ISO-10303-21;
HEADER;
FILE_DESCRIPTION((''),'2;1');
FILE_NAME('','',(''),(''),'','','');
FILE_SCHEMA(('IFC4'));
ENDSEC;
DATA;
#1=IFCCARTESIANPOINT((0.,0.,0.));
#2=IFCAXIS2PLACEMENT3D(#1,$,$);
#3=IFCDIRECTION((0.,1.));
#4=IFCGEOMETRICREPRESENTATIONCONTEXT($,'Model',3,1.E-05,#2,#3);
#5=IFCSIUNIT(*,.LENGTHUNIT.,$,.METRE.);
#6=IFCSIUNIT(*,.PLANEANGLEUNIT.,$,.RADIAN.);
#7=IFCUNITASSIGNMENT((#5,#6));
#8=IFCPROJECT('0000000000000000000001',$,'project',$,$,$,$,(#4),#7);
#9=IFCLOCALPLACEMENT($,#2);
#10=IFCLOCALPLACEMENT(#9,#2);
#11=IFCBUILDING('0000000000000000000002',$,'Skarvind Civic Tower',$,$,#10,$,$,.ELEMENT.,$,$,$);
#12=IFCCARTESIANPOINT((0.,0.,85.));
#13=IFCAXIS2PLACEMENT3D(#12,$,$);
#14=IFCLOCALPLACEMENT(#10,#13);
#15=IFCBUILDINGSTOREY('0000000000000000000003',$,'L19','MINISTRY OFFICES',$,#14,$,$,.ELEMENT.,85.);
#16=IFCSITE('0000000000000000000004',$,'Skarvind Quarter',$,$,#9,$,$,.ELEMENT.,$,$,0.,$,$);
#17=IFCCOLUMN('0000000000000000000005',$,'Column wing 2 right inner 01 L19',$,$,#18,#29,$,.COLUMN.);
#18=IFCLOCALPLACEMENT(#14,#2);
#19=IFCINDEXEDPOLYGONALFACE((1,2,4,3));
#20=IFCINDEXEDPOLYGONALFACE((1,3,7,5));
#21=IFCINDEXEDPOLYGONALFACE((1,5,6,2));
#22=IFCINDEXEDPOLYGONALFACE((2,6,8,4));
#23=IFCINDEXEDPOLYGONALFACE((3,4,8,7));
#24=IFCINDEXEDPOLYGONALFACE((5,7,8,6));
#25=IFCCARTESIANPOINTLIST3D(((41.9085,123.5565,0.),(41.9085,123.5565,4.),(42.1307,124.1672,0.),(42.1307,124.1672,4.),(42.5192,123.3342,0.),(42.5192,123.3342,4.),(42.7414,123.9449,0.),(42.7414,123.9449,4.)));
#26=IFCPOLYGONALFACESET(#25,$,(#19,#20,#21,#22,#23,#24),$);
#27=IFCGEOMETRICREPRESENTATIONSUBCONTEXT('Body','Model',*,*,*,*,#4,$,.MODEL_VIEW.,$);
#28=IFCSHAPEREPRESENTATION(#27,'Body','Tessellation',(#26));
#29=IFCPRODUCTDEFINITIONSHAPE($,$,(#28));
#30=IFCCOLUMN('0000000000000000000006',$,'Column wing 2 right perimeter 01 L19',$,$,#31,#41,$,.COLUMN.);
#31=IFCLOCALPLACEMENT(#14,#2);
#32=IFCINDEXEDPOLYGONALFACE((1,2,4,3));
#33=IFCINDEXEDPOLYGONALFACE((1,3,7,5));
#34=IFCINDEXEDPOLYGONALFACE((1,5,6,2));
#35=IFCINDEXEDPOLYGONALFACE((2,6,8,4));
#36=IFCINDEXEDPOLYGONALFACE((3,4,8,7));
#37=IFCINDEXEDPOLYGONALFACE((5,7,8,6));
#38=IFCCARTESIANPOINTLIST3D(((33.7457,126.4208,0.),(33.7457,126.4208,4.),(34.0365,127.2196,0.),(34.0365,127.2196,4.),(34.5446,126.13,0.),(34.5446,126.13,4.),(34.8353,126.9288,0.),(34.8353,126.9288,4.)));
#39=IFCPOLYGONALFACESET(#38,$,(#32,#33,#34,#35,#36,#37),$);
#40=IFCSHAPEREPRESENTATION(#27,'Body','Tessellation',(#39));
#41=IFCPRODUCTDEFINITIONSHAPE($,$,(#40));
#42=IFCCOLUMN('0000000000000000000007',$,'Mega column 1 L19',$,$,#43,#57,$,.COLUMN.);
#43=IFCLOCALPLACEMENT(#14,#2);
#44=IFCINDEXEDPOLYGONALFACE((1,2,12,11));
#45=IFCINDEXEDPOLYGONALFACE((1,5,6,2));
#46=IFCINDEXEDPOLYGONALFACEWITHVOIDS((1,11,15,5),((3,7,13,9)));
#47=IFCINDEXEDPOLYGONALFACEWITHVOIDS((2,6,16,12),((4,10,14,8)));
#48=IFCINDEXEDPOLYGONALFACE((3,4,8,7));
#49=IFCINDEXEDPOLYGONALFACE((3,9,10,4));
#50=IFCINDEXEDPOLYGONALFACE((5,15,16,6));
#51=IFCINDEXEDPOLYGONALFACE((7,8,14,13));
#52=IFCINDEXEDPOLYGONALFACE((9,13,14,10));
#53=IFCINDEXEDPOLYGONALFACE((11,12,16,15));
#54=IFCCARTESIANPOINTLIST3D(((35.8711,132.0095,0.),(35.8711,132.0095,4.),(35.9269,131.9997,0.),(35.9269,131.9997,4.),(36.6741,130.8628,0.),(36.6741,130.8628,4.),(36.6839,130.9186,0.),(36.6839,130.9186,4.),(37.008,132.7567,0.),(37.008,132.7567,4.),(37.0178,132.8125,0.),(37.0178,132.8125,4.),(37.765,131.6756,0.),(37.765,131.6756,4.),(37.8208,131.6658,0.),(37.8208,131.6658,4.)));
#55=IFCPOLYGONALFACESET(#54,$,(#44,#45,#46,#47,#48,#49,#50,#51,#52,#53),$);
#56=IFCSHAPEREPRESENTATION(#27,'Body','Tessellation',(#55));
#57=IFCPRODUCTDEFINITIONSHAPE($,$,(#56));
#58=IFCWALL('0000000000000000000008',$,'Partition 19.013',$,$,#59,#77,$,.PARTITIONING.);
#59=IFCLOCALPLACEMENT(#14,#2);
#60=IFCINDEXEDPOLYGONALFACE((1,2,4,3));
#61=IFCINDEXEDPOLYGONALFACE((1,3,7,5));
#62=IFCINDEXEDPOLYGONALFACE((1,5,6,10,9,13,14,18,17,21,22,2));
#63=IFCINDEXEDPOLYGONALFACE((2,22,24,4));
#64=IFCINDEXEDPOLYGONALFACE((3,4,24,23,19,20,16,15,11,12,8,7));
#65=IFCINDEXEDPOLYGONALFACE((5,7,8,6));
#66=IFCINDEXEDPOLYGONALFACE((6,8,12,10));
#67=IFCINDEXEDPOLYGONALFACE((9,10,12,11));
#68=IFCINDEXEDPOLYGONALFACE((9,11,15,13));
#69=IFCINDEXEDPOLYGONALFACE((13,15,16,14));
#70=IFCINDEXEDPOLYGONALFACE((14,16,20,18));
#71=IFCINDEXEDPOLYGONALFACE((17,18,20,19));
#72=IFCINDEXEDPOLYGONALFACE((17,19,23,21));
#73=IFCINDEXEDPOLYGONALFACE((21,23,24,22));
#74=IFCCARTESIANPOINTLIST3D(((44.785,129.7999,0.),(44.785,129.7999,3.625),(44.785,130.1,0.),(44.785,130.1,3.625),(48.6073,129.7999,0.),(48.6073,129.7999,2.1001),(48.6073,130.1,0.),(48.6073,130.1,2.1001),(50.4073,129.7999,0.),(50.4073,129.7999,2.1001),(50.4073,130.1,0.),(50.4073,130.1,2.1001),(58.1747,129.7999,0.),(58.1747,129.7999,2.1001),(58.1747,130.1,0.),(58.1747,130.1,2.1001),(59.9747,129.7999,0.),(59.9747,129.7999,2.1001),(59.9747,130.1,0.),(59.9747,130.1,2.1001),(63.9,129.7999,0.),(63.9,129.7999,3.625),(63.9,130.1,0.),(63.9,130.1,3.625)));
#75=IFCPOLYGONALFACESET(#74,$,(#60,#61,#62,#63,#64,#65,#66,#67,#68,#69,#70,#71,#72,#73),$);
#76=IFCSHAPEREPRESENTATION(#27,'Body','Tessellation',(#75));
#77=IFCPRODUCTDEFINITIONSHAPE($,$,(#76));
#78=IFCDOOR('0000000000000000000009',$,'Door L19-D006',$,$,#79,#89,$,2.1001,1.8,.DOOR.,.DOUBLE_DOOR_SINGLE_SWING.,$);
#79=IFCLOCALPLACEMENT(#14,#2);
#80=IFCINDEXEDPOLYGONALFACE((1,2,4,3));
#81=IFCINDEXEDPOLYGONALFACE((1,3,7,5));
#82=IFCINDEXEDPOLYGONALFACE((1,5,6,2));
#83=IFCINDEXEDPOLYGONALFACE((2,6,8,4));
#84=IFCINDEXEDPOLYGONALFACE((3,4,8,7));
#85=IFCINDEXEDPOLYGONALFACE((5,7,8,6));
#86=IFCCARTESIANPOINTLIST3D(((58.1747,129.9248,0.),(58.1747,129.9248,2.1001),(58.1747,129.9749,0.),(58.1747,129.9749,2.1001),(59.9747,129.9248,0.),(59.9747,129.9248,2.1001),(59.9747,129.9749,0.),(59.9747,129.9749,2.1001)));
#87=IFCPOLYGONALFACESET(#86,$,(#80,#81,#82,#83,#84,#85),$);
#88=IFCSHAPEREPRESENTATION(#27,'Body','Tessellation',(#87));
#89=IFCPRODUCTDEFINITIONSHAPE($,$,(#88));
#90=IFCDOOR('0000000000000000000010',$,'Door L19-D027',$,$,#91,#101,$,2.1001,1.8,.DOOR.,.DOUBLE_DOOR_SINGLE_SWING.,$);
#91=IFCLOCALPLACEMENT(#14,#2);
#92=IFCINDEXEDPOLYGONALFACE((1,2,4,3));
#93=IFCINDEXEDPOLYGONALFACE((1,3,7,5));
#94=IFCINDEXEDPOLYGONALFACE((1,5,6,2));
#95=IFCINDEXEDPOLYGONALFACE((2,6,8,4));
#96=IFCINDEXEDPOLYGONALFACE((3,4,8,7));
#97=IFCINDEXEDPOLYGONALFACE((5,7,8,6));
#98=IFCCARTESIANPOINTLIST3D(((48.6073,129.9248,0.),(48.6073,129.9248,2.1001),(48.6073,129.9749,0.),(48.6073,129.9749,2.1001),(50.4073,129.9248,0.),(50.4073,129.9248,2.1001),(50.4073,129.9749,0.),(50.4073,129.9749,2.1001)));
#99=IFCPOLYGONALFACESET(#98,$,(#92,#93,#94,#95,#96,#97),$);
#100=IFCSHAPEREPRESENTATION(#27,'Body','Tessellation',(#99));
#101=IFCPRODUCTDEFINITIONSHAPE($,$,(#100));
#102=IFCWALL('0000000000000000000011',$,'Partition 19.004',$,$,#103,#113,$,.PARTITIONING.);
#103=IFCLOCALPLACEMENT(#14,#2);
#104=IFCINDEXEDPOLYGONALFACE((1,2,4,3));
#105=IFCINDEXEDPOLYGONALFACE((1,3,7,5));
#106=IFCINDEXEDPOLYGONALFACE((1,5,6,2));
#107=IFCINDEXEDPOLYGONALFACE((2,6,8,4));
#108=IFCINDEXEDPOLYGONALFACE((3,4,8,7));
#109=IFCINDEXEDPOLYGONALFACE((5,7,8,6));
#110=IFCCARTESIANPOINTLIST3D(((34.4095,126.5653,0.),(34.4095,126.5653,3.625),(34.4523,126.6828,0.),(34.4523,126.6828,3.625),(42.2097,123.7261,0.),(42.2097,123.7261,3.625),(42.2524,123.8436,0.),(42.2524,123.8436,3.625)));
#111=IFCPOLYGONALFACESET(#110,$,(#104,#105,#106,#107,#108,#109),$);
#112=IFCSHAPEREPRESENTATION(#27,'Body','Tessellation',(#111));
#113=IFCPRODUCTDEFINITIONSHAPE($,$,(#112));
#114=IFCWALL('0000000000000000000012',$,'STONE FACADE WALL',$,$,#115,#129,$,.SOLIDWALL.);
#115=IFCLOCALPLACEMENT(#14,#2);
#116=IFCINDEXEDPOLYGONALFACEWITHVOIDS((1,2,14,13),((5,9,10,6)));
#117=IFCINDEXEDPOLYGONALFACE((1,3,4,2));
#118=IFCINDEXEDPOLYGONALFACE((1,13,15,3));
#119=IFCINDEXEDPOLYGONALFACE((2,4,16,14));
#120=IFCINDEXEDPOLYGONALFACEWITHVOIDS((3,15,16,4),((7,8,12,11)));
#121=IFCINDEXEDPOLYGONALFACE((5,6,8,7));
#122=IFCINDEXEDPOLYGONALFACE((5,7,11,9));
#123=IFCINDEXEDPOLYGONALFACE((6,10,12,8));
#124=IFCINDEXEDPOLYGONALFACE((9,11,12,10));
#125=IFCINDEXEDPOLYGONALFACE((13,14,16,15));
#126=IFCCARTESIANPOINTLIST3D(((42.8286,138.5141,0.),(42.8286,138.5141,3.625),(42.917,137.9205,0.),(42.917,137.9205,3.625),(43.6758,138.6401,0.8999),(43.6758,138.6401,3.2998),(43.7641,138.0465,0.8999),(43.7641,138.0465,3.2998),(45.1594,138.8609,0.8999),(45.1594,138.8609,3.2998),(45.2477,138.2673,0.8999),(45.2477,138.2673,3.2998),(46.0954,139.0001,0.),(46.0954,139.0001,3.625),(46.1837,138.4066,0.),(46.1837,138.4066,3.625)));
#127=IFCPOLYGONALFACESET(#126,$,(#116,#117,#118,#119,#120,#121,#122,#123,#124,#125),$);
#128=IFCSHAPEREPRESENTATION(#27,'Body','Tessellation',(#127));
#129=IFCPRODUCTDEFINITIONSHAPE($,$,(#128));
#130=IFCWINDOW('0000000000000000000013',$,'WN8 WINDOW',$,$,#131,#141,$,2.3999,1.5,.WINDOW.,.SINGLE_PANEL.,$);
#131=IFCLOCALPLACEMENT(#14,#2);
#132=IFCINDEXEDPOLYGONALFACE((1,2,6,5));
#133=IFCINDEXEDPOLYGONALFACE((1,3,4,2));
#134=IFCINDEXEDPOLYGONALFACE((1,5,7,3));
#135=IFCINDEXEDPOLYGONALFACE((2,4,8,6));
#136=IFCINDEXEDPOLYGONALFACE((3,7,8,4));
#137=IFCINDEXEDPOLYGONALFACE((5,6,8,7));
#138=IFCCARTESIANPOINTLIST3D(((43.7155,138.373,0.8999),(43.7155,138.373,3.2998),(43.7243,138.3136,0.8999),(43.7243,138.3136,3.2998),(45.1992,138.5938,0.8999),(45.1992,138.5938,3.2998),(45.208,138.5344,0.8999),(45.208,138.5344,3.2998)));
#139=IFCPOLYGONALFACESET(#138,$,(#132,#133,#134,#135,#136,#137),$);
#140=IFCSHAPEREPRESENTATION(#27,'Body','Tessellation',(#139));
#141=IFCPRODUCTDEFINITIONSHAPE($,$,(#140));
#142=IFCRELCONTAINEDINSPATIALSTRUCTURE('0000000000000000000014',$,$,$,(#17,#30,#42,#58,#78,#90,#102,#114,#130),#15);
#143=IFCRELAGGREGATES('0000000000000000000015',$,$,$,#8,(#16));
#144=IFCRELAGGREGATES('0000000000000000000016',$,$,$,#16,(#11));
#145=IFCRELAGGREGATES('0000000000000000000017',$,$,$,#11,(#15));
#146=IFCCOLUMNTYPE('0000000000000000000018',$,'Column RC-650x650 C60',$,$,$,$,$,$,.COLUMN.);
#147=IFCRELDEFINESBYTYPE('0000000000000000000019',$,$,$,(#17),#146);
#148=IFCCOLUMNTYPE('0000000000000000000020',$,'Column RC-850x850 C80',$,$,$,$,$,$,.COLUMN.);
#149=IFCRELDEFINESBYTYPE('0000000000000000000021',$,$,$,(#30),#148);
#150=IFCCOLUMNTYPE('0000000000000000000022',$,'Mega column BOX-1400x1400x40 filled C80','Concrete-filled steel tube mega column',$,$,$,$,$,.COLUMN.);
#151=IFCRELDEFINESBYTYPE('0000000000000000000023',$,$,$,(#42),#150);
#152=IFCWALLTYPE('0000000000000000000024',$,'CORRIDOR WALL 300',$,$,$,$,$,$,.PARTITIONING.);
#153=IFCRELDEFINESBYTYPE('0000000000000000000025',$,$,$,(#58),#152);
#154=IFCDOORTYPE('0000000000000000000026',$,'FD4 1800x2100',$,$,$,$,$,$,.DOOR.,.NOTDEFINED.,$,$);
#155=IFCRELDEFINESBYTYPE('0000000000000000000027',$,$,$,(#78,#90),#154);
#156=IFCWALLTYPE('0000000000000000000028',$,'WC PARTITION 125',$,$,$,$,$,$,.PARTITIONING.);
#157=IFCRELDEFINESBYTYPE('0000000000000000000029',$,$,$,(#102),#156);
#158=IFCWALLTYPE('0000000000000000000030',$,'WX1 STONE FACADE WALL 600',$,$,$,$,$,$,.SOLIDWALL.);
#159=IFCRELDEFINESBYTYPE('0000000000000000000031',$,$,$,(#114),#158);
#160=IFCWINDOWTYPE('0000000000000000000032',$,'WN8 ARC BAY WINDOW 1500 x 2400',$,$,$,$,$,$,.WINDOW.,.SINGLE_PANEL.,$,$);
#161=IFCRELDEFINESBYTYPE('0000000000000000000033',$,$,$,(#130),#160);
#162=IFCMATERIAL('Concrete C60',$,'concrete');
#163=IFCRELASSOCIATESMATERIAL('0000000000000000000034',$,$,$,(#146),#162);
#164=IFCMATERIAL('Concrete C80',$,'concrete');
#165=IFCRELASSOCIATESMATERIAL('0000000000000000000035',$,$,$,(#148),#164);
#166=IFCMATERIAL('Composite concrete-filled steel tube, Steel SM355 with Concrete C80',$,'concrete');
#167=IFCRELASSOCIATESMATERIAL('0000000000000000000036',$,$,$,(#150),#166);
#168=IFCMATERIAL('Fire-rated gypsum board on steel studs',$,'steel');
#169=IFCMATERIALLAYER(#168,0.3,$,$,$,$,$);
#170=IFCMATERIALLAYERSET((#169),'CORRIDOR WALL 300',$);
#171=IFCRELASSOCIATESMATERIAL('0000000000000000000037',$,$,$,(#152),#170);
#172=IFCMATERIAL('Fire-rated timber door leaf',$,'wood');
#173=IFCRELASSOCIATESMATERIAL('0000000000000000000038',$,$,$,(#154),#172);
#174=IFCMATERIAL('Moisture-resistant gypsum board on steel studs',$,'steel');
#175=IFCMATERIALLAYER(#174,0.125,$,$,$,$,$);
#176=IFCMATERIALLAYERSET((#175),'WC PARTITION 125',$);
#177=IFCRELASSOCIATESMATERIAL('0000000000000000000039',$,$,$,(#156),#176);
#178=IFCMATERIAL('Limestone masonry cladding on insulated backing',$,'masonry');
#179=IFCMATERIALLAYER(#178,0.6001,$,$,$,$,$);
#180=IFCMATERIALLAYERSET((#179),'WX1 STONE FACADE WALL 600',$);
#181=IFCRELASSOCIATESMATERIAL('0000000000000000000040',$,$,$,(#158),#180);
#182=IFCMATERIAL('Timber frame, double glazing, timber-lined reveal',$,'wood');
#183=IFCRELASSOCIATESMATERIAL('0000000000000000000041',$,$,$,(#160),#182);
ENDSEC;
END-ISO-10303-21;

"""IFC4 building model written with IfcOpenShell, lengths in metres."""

from ifc_helpers import new_model, si_unit, direction, frame, frame_2d, origin, origin_2d, place, context, subcontext, project, spatial, rectangle, hollow_rectangle, extrude, material, layer, layer_set, material_profile, profile_set, type_object, element, fill, save


model = new_model("IFC4")

# Units and contexts
model_context = context("Model", 3, precision=1e-05, world=origin(), true_north=direction((0.0, 1.0)))
body_context = subcontext(model_context, "Body", "Model", "MODEL_VIEW")
ifc_project = project(units=[si_unit("LENGTHUNIT", "METRE"), si_unit("PLANEANGLEUNIT", "RADIAN")], contexts=[model_context])

# Site, building, storey
site_placement = place(None, origin())
site = spatial("IfcSite", under=ifc_project, at=site_placement, Name="Skarvind Quarter", CompositionType="ELEMENT", RefElevation=0.0)
building_placement = place(site_placement, origin())
building = spatial("IfcBuilding", under=site, at=building_placement, Name="Skarvind Civic Tower", CompositionType="ELEMENT")
storey_placement = place(building_placement, frame((0.0, 0.0, 85.0)))
storey = spatial("IfcBuildingStorey", under=building, at=storey_placement, Name="L19", Description="MINISTRY OFFICES", CompositionType="ELEMENT", Elevation=85.0)

# Columns
ifc_material_1 = material(Name="Concrete C60", Category="concrete")
ifc_material_profile_1 = material_profile(ifc_material_1, rectangle(XDim=0.6499, YDim=0.6499, at=origin_2d()), Name="RC-650x650")
ifc_profile_set_1 = profile_set([ifc_material_profile_1], Name="Concrete C60")
column_type_1 = type_object("IfcColumnType", Name="Column RC-650x650 C60", PredefinedType="COLUMN", material=ifc_profile_set_1)
column_1_placement = place(storey_placement, frame((42.325, 123.7507, 0.0), z_axis=(0.0, 0.0, 1.0), x_axis=(-0.34202, -0.939693, 0.0)))
element("IfcColumn", 1, at=column_1_placement, inside=storey, type_object=column_type_1, Name="Column wing 2 right inner 01 L19", PredefinedType="COLUMN", context=body_context, shape_type="SweptSolid", body=[
    extrude(rectangle(XDim=0.6499, YDim=0.6499, at=origin_2d()), origin(), (0.0, 0.0, 1.0), 4.0),
])
ifc_material_2 = material(Name="Concrete C80", Category="concrete")
ifc_material_profile_2 = material_profile(ifc_material_2, rectangle(XDim=0.8501, YDim=0.8501, at=origin_2d()), Name="RC-850x850")
ifc_profile_set_2 = profile_set([ifc_material_profile_2], Name="Concrete C80")
column_type_2 = type_object("IfcColumnType", Name="Column RC-850x850 C80", PredefinedType="COLUMN", material=ifc_profile_set_2)
column_2_placement = place(storey_placement, frame((34.2905, 126.6748, 0.0), z_axis=(0.0, 0.0, 1.0), x_axis=(-0.34202, -0.939693, 0.0)))
element("IfcColumn", 2, at=column_2_placement, inside=storey, type_object=column_type_2, Name="Column wing 2 right perimeter 01 L19", PredefinedType="COLUMN", context=body_context, shape_type="SweptSolid", body=[
    extrude(rectangle(XDim=0.8501, YDim=0.8501, at=origin_2d()), origin(), (0.0, 0.0, 1.0), 4.0),
])
ifc_material_3 = material(Name="Composite concrete-filled steel tube, Steel SM355 with Concrete C80", Category="concrete")
ifc_material_profile_3 = material_profile(ifc_material_3, hollow_rectangle(XDim=1.3999, YDim=1.3999, WallThickness=0.04, at=origin_2d()), Name="BOX-1400x1400x40")
ifc_profile_set_3 = profile_set([ifc_material_profile_3], Name="Composite concrete-filled steel tube, Steel SM355 with Concrete C80")
column_type_3 = type_object("IfcColumnType", Name="Mega column BOX-1400x1400x40 filled C80", Description="Concrete-filled steel tube mega column", PredefinedType="COLUMN", material=ifc_profile_set_3)
column_3_placement = place(storey_placement, frame((36.8459, 131.8376, 0.0), z_axis=(0.0, 0.0, 1.0), x_axis=(0.573576, -0.819152, 0.0)))
element("IfcColumn", 3, at=column_3_placement, inside=storey, type_object=column_type_3, Name="Mega column 1 L19", PredefinedType="COLUMN", context=body_context, shape_type="SweptSolid", body=[
    extrude(hollow_rectangle(XDim=1.3999, YDim=1.3999, WallThickness=0.04, at=origin_2d()), origin(), (0.0, 0.0, 1.0), 4.0),
])

# Wall, openings, doors
ifc_material_4 = material(Name="Fire-rated gypsum board on steel studs", Category="steel")
ifc_layer_1 = layer(ifc_material_4, 0.3)
ifc_layer_set_1 = layer_set([ifc_layer_1], Name="CORRIDOR WALL 300")
wall_type_1 = type_object("IfcWallType", Name="CORRIDOR WALL 300", PredefinedType="PARTITIONING", material=ifc_layer_set_1)
wall_1_placement = place(storey_placement, frame((44.7849, 129.95, 0.0), z_axis=(0.0, 0.0, 1.0), x_axis=(1.0, 0.0, 0.0)))
wall_1 = element("IfcWall", 4, at=wall_1_placement, inside=storey, type_object=wall_type_1, Name="Partition 19.013", PredefinedType="PARTITIONING", context=body_context, shape_type="SweptSolid", body=[
    extrude(rectangle(XDim=19.115, YDim=0.3, at=frame_2d((9.5576, 0.0))), origin(), (0.0, 0.0, 1.0), 3.625),
])
opening_1_placement = place(wall_1_placement, frame((13.3899, 0.0, 0.0)))
opening_1 = element("IfcOpeningElement", 5, at=opening_1_placement, cuts=wall_1, PredefinedType="OPENING", context=body_context, shape_type="SweptSolid", body=[
    extrude(rectangle(XDim=1.8, YDim=2.1001, at=frame_2d((0.8999, 1.05))), frame((0.0, 0.1599, 0.0), z_axis=(0.0, -1.0, 0.0), x_axis=(1.0, 0.0, 0.0)), (0.0, 0.0, 1.0), 0.3201),
])
opening_2_placement = place(wall_1_placement, frame((3.8225, 0.0, 0.0)))
opening_2 = element("IfcOpeningElement", 6, at=opening_2_placement, cuts=wall_1, PredefinedType="OPENING", context=body_context, shape_type="SweptSolid", body=[
    extrude(rectangle(XDim=1.8, YDim=2.1001, at=frame_2d((0.8999, 1.05))), frame((0.0, 0.1599, 0.0), z_axis=(0.0, -1.0, 0.0), x_axis=(1.0, 0.0, 0.0)), (0.0, 0.0, 1.0), 0.3201),
])
ifc_material_5 = material(Name="Fire-rated timber door leaf", Category="wood")
door_type = type_object("IfcDoorType", Name="FD4 1800x2100", OperationType="NOTDEFINED", PredefinedType="DOOR", material=ifc_material_5)
door_1_placement = place(opening_1_placement, origin())
door_1 = element("IfcDoor", 7, at=door_1_placement, inside=storey, type_object=door_type, Name="Door L19-D006", OperationType="DOUBLE_DOOR_SINGLE_SWING", OverallHeight=2.1001, OverallWidth=1.8, PredefinedType="DOOR", context=body_context, shape_type="SweptSolid", body=[
    extrude(rectangle(XDim=1.8, YDim=2.1001, at=frame_2d((0.8999, 1.05))), frame((0.0, 0.0249, 0.0), z_axis=(0.0, -1.0, 0.0), x_axis=(1.0, 0.0, 0.0)), (0.0, 0.0, 1.0), 0.05),
])
fill(opening_1, door_1)
door_2_placement = place(opening_2_placement, origin())
door_2 = element("IfcDoor", 8, at=door_2_placement, inside=storey, type_object=door_type, Name="Door L19-D027", OperationType="DOUBLE_DOOR_SINGLE_SWING", OverallHeight=2.1001, OverallWidth=1.8, PredefinedType="DOOR", context=body_context, shape_type="SweptSolid", body=[
    extrude(rectangle(XDim=1.8, YDim=2.1001, at=frame_2d((0.8999, 1.05))), frame((0.0, 0.0249, 0.0), z_axis=(0.0, -1.0, 0.0), x_axis=(1.0, 0.0, 0.0)), (0.0, 0.0, 1.0), 0.05),
])
fill(opening_2, door_2)

# Wall
ifc_material_6 = material(Name="Moisture-resistant gypsum board on steel studs", Category="steel")
ifc_layer_2 = layer(ifc_material_6, 0.125)
ifc_layer_set_2 = layer_set([ifc_layer_2], Name="WC PARTITION 125")
wall_type_2 = type_object("IfcWallType", Name="WC PARTITION 125", PredefinedType="PARTITIONING", material=ifc_layer_set_2)
wall_2_placement = place(storey_placement, frame((34.4309, 126.624, 0.0), z_axis=(0.0, 0.0, 1.0), x_axis=(0.939688, -0.342034, 0.0)))
element("IfcWall", 9, at=wall_2_placement, inside=storey, type_object=wall_type_2, Name="Partition 19.004", PredefinedType="PARTITIONING", context=body_context, shape_type="SweptSolid", body=[
    extrude(rectangle(XDim=8.3008, YDim=0.125, at=frame_2d((4.1504, 0.0))), origin(), (0.0, 0.0, 1.0), 3.625),
])

# Shared definitions
ifc_material_7 = material(Name="Limestone masonry cladding on insulated backing", Category="masonry")
ifc_layer_3 = layer(ifc_material_7, 0.6001)
ifc_layer_set_3 = layer_set([ifc_layer_3], Name="WX1 STONE FACADE WALL 600")
wall_type_3 = type_object("IfcWallType", Name="WX1 STONE FACADE WALL 600", PredefinedType="SOLIDWALL", material=ifc_layer_set_3)
ifc_material_8 = material(Name="Timber frame, double glazing, timber-lined reveal", Category="wood")

# Wall, opening, window
wall_3_placement = place(storey_placement, frame((42.8728, 138.2173, 0.0), z_axis=(0.0, 0.0, 1.0), x_axis=(0.989111, 0.147173, 0.0)))
wall_3 = element("IfcWall", 10, at=wall_3_placement, inside=storey, type_object=wall_type_3, Name="STONE FACADE WALL", PredefinedType="SOLIDWALL", context=body_context, shape_type="SweptSolid", body=[
    extrude(rectangle(XDim=3.3027, YDim=0.6001, at=frame_2d((1.6514, 0.0))), origin(), (0.0, 0.0, 1.0), 3.625),
])
opening_3_placement = place(wall_3_placement, frame((0.8564, 0.0, 0.8999)))
opening_3 = element("IfcOpeningElement", 11, at=opening_3_placement, cuts=wall_3, PredefinedType="OPENING", context=body_context, shape_type="SweptSolid", body=[
    extrude(rectangle(XDim=1.5, YDim=2.3999, at=frame_2d((0.75, 1.2))), frame((0.0, 0.3101, 0.0), z_axis=(0.0, -1.0, 0.0), x_axis=(1.0, 0.0, 0.0)), (0.0, 0.0, 1.0), 0.6201),
])
window_type_1 = type_object("IfcWindowType", Name="WN8 ARC BAY WINDOW 1500 x 2400", PartitioningType="SINGLE_PANEL", PredefinedType="WINDOW", material=ifc_material_8)
window_1_placement = place(opening_3_placement, origin())
window_1 = element("IfcWindow", 12, at=window_1_placement, inside=storey, type_object=window_type_1, Name="WN8 WINDOW", OverallHeight=2.3999, OverallWidth=1.5, PartitioningType="SINGLE_PANEL", PredefinedType="WINDOW", context=body_context, shape_type="SweptSolid", body=[
    extrude(rectangle(XDim=1.5, YDim=2.3999, at=frame_2d((0.75, 1.2))), frame((0.0, 0.03, 0.0), z_axis=(0.0, -1.0, 0.0), x_axis=(1.0, 0.0, 0.0)), (0.0, 0.0, 1.0), 0.0601),
])
fill(opening_3, window_1)

save(model, "model.ifc")
